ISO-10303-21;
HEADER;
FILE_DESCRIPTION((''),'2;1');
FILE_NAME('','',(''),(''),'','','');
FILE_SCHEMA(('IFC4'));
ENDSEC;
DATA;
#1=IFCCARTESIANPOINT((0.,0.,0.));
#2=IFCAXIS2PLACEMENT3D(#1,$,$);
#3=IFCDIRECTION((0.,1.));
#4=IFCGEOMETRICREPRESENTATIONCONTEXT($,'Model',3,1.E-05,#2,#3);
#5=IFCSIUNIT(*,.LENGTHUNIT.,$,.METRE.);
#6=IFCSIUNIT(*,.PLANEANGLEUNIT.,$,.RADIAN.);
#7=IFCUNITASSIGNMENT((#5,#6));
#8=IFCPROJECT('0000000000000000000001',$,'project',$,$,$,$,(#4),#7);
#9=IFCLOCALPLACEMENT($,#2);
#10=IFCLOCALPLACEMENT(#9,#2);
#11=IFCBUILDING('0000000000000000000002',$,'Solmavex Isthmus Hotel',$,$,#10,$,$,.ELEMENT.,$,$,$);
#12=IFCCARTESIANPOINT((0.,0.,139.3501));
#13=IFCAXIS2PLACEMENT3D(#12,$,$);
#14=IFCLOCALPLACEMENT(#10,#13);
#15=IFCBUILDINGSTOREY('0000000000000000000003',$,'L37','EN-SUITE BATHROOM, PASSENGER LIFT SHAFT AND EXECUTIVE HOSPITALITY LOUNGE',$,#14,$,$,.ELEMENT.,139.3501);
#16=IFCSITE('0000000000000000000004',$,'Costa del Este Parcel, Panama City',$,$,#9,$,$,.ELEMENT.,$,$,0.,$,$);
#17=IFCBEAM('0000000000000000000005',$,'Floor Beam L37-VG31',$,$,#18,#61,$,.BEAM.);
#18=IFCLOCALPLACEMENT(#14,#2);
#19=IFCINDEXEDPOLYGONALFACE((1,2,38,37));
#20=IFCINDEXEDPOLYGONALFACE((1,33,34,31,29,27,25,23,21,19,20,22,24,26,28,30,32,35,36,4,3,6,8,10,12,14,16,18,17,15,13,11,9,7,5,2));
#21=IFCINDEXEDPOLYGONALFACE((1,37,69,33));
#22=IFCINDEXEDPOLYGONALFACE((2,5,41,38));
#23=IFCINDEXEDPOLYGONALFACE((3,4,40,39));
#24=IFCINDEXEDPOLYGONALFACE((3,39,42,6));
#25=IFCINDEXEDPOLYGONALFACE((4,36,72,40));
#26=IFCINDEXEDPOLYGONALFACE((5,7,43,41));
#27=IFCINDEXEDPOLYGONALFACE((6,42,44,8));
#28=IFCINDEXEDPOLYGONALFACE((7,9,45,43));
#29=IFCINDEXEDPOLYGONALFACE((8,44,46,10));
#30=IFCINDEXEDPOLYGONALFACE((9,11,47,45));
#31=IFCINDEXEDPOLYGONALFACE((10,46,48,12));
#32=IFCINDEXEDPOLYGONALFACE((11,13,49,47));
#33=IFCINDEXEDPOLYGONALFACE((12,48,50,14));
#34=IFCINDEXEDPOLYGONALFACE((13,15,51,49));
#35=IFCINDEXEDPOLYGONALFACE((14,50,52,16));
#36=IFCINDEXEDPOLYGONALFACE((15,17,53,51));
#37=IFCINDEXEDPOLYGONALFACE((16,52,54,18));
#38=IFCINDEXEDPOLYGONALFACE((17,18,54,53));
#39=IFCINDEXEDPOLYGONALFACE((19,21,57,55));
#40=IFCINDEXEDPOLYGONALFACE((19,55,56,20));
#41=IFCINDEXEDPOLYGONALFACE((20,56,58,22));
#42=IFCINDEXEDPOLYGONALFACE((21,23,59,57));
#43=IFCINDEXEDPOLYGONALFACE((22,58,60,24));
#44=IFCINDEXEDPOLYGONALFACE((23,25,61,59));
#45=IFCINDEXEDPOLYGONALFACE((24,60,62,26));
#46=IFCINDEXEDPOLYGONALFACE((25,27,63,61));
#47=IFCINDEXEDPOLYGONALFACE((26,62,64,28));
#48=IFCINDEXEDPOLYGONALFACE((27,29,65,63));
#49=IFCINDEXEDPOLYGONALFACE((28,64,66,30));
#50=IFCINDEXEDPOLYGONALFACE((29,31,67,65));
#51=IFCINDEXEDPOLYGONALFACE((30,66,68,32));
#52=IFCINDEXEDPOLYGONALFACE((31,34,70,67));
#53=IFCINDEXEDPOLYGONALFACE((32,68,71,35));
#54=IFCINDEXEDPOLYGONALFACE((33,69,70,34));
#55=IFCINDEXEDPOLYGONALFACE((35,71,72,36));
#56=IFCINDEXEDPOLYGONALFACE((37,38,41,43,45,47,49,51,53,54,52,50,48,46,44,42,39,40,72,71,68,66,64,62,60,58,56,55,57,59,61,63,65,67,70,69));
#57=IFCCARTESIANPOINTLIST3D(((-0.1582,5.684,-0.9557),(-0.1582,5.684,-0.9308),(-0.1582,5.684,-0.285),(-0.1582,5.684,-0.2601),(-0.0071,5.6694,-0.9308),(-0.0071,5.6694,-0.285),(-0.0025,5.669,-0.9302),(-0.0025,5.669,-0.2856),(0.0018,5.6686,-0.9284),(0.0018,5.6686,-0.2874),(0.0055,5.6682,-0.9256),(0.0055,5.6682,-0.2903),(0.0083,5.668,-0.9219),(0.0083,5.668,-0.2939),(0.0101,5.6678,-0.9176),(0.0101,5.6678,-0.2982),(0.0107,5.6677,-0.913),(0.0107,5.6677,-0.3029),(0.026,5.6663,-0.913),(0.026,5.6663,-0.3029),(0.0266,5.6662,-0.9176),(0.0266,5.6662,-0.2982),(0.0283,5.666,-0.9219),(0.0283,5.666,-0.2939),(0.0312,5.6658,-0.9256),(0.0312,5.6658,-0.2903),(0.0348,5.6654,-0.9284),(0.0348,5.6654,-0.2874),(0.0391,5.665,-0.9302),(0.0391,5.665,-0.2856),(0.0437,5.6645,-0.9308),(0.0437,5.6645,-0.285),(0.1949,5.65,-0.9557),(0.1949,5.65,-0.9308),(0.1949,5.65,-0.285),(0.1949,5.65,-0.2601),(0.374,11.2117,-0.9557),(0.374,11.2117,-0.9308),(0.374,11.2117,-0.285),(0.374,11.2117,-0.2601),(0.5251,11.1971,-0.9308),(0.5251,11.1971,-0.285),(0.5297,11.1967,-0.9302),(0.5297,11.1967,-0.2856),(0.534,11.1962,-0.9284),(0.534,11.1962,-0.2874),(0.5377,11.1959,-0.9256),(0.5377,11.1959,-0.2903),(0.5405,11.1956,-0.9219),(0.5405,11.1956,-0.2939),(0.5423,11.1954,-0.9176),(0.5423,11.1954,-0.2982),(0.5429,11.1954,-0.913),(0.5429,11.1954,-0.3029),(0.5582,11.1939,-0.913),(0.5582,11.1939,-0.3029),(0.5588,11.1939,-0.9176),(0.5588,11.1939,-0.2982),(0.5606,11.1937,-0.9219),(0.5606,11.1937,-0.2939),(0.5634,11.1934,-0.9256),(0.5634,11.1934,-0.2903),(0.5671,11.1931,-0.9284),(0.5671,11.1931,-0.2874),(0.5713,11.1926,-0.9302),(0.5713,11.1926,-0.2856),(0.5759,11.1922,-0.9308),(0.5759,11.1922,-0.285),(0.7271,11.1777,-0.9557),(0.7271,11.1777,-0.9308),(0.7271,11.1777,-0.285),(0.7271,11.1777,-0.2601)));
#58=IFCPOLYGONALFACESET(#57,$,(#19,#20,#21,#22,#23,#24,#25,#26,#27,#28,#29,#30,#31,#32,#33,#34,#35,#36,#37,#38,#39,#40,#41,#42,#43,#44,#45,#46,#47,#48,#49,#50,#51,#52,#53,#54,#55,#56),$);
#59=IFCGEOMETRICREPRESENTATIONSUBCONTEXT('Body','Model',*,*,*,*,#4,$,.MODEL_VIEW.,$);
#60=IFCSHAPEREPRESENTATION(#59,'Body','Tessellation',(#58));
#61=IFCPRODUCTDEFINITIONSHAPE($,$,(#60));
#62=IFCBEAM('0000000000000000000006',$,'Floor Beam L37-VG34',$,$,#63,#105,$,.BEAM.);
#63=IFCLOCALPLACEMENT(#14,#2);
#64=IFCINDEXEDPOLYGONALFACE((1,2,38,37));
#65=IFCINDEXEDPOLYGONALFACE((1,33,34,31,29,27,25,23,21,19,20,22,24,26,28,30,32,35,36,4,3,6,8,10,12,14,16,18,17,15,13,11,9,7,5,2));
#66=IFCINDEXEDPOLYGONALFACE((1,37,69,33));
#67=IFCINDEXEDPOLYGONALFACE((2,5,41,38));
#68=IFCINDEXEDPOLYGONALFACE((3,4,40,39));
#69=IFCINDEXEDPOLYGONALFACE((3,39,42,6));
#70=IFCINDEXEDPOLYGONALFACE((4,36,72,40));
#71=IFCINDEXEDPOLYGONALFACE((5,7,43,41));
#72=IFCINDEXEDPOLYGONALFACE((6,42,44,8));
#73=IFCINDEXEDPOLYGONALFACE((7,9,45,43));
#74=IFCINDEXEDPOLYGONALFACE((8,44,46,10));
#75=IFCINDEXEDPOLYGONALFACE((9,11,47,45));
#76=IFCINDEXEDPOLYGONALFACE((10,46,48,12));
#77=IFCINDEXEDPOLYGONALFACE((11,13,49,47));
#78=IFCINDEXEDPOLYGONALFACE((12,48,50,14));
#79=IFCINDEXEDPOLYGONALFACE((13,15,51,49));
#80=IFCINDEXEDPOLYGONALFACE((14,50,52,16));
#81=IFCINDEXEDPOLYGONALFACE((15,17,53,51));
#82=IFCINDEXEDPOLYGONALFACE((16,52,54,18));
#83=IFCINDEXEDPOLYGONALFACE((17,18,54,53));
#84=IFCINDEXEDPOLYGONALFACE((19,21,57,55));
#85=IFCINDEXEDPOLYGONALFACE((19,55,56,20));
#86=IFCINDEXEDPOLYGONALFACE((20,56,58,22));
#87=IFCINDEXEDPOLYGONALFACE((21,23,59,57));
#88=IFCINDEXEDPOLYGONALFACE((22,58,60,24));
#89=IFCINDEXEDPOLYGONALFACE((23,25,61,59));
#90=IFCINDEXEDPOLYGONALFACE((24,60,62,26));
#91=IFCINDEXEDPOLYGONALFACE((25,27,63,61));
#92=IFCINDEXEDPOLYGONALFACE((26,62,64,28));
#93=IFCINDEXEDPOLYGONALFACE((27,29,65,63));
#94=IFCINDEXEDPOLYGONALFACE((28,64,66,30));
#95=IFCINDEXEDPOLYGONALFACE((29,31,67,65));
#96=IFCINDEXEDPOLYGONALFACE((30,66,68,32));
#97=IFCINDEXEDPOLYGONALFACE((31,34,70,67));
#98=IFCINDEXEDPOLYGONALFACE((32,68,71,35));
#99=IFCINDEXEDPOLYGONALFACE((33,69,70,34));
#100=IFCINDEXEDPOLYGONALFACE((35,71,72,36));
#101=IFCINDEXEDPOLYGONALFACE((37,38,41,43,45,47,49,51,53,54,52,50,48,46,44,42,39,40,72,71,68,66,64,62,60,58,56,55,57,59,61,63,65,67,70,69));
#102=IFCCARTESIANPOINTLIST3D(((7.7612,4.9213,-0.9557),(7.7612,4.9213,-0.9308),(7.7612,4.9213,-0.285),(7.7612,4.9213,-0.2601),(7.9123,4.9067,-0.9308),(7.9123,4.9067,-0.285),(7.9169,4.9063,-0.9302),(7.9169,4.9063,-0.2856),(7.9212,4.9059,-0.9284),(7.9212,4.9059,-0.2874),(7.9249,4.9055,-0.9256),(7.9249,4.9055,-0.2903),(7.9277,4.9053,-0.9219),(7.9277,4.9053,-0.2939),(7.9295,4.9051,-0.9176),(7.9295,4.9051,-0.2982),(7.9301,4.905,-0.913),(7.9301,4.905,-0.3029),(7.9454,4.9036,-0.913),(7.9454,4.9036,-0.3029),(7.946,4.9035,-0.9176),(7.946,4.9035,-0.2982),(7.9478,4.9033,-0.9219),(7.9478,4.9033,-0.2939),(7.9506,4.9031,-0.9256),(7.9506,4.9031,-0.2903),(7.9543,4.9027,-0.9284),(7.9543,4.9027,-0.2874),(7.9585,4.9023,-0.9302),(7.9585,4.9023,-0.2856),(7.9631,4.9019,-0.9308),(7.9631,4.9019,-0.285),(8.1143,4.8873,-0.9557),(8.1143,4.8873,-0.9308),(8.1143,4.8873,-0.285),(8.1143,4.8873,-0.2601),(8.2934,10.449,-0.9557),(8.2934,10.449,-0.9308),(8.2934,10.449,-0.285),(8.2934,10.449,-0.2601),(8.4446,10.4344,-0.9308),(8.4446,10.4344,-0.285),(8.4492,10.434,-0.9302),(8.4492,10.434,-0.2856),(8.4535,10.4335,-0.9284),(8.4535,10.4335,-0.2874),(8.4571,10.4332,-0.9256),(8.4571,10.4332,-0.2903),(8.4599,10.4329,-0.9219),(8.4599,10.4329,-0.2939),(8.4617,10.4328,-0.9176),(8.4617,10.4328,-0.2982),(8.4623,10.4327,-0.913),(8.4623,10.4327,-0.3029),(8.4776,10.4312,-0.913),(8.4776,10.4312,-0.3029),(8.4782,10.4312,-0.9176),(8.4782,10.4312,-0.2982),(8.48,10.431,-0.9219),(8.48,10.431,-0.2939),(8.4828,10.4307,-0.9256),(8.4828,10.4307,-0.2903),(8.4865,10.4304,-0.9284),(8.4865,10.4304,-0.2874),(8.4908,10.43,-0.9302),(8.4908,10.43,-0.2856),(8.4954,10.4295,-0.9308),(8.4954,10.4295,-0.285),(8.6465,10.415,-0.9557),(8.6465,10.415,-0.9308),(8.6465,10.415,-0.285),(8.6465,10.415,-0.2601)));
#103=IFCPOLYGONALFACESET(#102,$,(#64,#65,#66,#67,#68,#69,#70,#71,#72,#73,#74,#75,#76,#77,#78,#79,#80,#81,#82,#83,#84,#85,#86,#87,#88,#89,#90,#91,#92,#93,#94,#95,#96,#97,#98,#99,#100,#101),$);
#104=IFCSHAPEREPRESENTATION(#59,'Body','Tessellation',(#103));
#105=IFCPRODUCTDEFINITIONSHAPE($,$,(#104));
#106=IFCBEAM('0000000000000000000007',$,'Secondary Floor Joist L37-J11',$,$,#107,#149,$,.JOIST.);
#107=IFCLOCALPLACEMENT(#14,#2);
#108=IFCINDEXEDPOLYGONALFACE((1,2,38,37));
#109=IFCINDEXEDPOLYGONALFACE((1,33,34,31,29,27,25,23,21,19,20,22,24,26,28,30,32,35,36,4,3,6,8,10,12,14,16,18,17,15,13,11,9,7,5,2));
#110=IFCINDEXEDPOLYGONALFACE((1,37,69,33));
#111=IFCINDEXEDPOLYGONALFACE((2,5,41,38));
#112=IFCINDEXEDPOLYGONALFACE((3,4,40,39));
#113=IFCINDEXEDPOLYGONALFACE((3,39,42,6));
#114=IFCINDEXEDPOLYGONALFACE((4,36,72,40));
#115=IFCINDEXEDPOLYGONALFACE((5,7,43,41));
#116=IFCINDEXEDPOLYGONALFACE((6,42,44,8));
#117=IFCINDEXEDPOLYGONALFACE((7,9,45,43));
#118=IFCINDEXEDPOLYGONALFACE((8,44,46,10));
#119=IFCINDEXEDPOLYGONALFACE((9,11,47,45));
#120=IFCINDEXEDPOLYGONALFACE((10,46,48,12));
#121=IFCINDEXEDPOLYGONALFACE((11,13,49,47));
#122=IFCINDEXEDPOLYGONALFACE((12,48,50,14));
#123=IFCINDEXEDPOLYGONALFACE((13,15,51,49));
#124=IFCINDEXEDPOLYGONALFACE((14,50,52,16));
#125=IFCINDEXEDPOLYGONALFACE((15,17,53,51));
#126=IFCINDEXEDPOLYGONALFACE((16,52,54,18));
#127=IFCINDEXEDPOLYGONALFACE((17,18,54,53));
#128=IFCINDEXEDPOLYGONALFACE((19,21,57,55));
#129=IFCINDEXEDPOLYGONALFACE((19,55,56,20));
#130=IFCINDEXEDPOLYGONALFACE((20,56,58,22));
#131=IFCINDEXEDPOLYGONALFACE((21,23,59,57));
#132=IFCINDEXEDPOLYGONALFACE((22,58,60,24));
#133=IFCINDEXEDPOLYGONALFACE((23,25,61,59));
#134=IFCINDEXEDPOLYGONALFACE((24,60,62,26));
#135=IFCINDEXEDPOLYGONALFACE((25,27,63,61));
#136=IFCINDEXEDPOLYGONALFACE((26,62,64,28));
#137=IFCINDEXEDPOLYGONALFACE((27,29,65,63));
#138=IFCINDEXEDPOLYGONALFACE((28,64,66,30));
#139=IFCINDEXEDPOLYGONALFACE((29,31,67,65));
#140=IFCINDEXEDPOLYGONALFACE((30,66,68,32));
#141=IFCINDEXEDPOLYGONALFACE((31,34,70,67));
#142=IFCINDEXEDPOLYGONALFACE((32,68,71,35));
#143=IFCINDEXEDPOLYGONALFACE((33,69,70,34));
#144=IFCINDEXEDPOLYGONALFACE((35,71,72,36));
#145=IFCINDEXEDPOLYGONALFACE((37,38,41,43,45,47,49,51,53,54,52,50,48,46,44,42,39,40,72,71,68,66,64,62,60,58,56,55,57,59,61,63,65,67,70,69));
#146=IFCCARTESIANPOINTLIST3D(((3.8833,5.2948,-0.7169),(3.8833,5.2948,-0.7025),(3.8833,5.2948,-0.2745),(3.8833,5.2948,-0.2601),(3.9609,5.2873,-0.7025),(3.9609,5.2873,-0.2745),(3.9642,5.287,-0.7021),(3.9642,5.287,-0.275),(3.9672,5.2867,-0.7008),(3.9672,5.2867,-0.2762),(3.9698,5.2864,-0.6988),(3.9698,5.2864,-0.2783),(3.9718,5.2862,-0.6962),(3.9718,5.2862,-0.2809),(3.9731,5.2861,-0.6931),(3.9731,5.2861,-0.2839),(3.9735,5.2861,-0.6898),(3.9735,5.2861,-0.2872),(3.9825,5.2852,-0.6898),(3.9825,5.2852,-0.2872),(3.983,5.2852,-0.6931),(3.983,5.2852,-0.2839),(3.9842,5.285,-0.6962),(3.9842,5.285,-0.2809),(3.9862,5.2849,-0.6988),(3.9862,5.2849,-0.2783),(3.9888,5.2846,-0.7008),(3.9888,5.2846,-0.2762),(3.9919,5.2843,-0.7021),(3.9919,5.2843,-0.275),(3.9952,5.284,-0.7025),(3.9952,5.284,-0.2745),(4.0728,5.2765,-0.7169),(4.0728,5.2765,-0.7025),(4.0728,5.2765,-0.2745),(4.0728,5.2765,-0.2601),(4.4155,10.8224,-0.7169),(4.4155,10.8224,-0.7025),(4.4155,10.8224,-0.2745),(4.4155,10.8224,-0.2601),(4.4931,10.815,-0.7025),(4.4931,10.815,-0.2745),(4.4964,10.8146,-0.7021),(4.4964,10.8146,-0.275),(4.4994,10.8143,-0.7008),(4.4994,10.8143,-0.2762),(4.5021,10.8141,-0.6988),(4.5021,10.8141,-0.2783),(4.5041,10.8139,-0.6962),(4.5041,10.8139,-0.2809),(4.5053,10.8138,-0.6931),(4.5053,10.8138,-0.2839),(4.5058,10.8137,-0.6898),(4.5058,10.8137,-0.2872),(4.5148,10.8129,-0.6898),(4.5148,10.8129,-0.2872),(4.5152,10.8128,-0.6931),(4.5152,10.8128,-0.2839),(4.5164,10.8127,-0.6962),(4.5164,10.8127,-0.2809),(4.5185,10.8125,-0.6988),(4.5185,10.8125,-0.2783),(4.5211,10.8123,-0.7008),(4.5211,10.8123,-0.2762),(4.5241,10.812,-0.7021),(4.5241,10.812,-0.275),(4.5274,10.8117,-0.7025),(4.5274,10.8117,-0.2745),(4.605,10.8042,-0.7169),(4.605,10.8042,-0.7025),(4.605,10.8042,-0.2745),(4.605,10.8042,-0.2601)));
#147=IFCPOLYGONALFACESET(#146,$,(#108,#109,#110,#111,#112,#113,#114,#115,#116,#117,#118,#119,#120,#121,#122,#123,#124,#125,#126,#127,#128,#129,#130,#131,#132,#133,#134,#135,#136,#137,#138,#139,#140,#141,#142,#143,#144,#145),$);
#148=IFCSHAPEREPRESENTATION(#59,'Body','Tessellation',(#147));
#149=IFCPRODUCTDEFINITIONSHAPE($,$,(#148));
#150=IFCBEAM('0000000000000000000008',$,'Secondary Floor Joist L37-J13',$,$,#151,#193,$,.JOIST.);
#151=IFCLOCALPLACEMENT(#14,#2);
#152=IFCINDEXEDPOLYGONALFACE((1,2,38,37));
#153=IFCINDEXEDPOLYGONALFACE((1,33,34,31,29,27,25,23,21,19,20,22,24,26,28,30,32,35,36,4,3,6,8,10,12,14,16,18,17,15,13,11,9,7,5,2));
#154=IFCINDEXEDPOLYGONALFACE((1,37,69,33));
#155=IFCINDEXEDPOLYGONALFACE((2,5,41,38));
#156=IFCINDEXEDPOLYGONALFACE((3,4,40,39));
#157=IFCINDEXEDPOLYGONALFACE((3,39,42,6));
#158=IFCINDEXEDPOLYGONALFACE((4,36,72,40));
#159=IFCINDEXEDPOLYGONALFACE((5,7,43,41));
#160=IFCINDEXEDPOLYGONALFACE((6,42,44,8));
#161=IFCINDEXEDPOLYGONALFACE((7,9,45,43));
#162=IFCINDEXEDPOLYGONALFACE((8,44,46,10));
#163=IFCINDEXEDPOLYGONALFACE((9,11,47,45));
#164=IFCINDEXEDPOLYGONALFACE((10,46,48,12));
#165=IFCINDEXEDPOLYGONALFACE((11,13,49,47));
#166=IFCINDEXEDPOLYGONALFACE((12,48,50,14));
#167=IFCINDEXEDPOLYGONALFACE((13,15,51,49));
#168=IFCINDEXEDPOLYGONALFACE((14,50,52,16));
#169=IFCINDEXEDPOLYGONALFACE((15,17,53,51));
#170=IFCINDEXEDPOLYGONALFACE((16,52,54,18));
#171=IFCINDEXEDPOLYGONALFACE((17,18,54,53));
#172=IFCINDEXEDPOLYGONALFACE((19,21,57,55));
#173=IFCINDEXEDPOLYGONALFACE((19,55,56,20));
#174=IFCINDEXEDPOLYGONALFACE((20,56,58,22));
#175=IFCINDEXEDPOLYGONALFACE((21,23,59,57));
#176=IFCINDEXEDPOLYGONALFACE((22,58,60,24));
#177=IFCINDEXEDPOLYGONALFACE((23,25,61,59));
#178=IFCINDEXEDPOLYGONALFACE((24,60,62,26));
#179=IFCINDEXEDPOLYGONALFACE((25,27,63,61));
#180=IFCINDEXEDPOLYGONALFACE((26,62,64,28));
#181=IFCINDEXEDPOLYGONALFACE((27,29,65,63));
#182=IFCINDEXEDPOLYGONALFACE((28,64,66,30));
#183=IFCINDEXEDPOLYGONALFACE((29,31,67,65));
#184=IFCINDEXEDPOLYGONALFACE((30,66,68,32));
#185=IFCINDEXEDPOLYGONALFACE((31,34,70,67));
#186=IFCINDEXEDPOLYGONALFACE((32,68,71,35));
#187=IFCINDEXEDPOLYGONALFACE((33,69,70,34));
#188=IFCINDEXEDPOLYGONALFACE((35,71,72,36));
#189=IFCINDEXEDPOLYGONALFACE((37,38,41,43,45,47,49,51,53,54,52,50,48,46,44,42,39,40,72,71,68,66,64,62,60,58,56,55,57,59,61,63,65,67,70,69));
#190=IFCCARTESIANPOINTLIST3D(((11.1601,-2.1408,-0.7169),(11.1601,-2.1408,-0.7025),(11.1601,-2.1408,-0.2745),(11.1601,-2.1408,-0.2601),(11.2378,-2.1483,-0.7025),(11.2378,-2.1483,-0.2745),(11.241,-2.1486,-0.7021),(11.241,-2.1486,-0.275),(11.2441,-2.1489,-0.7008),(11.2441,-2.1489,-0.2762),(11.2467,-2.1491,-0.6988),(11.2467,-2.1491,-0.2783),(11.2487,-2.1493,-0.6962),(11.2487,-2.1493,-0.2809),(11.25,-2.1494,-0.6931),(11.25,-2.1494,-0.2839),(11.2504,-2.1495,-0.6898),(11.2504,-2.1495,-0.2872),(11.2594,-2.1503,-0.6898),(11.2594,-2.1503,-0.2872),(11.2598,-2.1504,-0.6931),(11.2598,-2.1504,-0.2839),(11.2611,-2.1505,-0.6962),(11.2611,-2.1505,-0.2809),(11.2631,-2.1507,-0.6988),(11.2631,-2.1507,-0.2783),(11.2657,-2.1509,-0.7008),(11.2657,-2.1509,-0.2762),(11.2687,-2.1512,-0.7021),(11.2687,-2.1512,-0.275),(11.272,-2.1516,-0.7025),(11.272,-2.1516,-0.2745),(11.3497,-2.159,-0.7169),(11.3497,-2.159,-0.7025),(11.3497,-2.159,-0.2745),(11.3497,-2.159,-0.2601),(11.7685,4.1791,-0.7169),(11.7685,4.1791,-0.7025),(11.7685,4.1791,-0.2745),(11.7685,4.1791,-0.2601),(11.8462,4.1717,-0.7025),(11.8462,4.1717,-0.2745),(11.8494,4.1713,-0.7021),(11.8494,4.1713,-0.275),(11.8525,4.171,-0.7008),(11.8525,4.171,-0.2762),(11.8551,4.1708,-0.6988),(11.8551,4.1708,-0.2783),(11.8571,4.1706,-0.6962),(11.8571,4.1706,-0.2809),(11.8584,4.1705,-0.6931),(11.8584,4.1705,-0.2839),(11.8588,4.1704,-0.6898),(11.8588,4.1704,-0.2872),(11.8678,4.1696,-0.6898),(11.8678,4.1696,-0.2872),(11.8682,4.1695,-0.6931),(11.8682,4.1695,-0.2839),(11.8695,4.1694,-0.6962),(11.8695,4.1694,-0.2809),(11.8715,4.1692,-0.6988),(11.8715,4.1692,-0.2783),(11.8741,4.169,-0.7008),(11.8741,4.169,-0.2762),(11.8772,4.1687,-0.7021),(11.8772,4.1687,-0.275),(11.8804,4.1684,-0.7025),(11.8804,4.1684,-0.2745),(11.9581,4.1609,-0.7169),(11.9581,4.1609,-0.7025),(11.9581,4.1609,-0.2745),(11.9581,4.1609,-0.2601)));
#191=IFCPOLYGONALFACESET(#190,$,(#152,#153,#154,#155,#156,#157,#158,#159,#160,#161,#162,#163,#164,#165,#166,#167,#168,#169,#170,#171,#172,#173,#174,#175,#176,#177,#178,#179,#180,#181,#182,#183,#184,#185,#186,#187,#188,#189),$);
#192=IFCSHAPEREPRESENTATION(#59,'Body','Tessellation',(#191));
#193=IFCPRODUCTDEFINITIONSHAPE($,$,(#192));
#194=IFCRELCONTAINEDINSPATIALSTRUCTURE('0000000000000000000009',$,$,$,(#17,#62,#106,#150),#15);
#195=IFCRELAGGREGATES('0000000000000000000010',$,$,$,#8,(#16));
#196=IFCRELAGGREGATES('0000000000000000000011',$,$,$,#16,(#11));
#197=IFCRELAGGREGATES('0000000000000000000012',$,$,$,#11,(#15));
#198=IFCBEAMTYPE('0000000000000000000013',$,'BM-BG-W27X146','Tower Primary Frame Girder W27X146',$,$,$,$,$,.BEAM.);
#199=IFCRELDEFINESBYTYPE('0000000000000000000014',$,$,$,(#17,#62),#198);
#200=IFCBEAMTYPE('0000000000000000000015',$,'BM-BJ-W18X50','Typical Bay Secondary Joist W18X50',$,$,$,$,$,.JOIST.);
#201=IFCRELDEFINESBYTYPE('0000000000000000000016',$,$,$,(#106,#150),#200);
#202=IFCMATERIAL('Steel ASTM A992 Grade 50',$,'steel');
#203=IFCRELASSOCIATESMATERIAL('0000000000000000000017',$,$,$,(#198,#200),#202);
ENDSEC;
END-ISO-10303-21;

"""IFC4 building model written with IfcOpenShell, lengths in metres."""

from ifc_helpers import new_model, si_unit, direction, frame, origin, origin_2d, place, context, subcontext, project, spatial, i_section, extrude, material, material_profile, profile_set, type_object, element, save


model = new_model("IFC4")

# Units and contexts
model_context = context("Model", 3, precision=1e-05, world=origin(), true_north=direction((0.0, 1.0)))
body_context = subcontext(model_context, "Body", "Model", "MODEL_VIEW")
ifc_project = project(units=[si_unit("LENGTHUNIT", "METRE"), si_unit("PLANEANGLEUNIT", "RADIAN")], contexts=[model_context])

# Site, building, storey
site_placement = place(None, origin())
site = spatial("IfcSite", under=ifc_project, at=site_placement, Name="Costa del Este Parcel, Panama City", CompositionType="ELEMENT", RefElevation=0.0)
building_placement = place(site_placement, origin())
building = spatial("IfcBuilding", under=site, at=building_placement, Name="Solmavex Isthmus Hotel", CompositionType="ELEMENT")
storey_placement = place(building_placement, frame((0.0, 0.0, 139.3501)))
storey = spatial("IfcBuildingStorey", under=building, at=storey_placement, Name="L37", Description="EN-SUITE BATHROOM, PASSENGER LIFT SHAFT AND EXECUTIVE HOSPITALITY LOUNGE", CompositionType="ELEMENT", Elevation=139.3501)

# Beams
ifc_material_1 = material(Name="Steel ASTM A992 Grade 50", Category="steel")
ifc_material_profile_1 = material_profile(ifc_material_1, i_section(OverallWidth=0.3547, OverallDepth=0.6956, WebThickness=0.0154, FlangeThickness=0.0249, FilletRadius=0.0178, at=origin_2d()), Name="W27X146")
ifc_profile_set_1 = profile_set([ifc_material_profile_1], Name="Steel ASTM A992 Grade 50")
beam_type_1 = type_object("IfcBeamType", Name="BM-BG-W27X146", Description="Tower Primary Frame Girder W27X146", PredefinedType="BEAM", material=ifc_profile_set_1)
for number, where, z_axis, x_axis, name in (
    (1, (0.0183, 5.667, -0.6079), (0.095842, 0.995397, 0.0), (-0.995397, 0.095842, 0.0), "Floor Beam L37-VG31"),
    (2, (7.9377, 4.9043, -0.6079), (0.095842, 0.995397, 0.0), (-0.995397, 0.095842, 0.0), "Floor Beam L37-VG34"),
):
    element("IfcBeam", number, at=place(storey_placement, frame(where, z_axis=z_axis, x_axis=x_axis)), inside=storey, type_object=beam_type_1, Name=name, PredefinedType="BEAM", context=body_context, shape_type="SweptSolid", body=[
        extrude(i_section(OverallWidth=0.3547, OverallDepth=0.6956, WebThickness=0.0154, FlangeThickness=0.0249, FilletRadius=0.0178, at=origin_2d()), origin(), (0.0, 0.0, 1.0), 5.5532),
    ])
ifc_material_profile_2 = material_profile(ifc_material_1, i_section(OverallWidth=0.1904, OverallDepth=0.4568, WebThickness=0.009, FlangeThickness=0.0144, FilletRadius=0.0127, at=origin_2d()), Name="W18X50")
ifc_profile_set_2 = profile_set([ifc_material_profile_2], Name="Steel ASTM A992 Grade 50")
beam_type_2 = type_object("IfcBeamType", Name="BM-BJ-W18X50", Description="Typical Bay Secondary Joist W18X50", PredefinedType="JOIST", material=ifc_profile_set_2)
beam_1_placement = place(storey_placement, frame((3.978, 5.2856, -0.4885), z_axis=(0.095842, 0.995397, 0.0), x_axis=(-0.995397, 0.095842, 0.0)))
element("IfcBeam", 3, at=beam_1_placement, inside=storey, type_object=beam_type_2, Name="Secondary Floor Joist L37-J11", PredefinedType="JOIST", context=body_context, shape_type="SweptSolid", body=[
    extrude(i_section(OverallWidth=0.1904, OverallDepth=0.4568, WebThickness=0.009, FlangeThickness=0.0144, FilletRadius=0.0127, at=origin_2d()), origin(), (0.0, 0.0, 1.0), 5.5532),
])
beam_2_placement = place(storey_placement, frame((11.2549, -2.1499, -0.4885), z_axis=(0.095825, 0.995398, 0.0), x_axis=(-0.995398, 0.095825, 0.0)))
element("IfcBeam", 4, at=beam_2_placement, inside=storey, type_object=beam_type_2, Name="Secondary Floor Joist L37-J13", PredefinedType="JOIST", context=body_context, shape_type="SweptSolid", body=[
    extrude(i_section(OverallWidth=0.1904, OverallDepth=0.4568, WebThickness=0.009, FlangeThickness=0.0144, FilletRadius=0.0127, at=origin_2d()), origin(), (0.0, 0.0, 1.0), 6.3491),
])

save(model, "model.ifc")
